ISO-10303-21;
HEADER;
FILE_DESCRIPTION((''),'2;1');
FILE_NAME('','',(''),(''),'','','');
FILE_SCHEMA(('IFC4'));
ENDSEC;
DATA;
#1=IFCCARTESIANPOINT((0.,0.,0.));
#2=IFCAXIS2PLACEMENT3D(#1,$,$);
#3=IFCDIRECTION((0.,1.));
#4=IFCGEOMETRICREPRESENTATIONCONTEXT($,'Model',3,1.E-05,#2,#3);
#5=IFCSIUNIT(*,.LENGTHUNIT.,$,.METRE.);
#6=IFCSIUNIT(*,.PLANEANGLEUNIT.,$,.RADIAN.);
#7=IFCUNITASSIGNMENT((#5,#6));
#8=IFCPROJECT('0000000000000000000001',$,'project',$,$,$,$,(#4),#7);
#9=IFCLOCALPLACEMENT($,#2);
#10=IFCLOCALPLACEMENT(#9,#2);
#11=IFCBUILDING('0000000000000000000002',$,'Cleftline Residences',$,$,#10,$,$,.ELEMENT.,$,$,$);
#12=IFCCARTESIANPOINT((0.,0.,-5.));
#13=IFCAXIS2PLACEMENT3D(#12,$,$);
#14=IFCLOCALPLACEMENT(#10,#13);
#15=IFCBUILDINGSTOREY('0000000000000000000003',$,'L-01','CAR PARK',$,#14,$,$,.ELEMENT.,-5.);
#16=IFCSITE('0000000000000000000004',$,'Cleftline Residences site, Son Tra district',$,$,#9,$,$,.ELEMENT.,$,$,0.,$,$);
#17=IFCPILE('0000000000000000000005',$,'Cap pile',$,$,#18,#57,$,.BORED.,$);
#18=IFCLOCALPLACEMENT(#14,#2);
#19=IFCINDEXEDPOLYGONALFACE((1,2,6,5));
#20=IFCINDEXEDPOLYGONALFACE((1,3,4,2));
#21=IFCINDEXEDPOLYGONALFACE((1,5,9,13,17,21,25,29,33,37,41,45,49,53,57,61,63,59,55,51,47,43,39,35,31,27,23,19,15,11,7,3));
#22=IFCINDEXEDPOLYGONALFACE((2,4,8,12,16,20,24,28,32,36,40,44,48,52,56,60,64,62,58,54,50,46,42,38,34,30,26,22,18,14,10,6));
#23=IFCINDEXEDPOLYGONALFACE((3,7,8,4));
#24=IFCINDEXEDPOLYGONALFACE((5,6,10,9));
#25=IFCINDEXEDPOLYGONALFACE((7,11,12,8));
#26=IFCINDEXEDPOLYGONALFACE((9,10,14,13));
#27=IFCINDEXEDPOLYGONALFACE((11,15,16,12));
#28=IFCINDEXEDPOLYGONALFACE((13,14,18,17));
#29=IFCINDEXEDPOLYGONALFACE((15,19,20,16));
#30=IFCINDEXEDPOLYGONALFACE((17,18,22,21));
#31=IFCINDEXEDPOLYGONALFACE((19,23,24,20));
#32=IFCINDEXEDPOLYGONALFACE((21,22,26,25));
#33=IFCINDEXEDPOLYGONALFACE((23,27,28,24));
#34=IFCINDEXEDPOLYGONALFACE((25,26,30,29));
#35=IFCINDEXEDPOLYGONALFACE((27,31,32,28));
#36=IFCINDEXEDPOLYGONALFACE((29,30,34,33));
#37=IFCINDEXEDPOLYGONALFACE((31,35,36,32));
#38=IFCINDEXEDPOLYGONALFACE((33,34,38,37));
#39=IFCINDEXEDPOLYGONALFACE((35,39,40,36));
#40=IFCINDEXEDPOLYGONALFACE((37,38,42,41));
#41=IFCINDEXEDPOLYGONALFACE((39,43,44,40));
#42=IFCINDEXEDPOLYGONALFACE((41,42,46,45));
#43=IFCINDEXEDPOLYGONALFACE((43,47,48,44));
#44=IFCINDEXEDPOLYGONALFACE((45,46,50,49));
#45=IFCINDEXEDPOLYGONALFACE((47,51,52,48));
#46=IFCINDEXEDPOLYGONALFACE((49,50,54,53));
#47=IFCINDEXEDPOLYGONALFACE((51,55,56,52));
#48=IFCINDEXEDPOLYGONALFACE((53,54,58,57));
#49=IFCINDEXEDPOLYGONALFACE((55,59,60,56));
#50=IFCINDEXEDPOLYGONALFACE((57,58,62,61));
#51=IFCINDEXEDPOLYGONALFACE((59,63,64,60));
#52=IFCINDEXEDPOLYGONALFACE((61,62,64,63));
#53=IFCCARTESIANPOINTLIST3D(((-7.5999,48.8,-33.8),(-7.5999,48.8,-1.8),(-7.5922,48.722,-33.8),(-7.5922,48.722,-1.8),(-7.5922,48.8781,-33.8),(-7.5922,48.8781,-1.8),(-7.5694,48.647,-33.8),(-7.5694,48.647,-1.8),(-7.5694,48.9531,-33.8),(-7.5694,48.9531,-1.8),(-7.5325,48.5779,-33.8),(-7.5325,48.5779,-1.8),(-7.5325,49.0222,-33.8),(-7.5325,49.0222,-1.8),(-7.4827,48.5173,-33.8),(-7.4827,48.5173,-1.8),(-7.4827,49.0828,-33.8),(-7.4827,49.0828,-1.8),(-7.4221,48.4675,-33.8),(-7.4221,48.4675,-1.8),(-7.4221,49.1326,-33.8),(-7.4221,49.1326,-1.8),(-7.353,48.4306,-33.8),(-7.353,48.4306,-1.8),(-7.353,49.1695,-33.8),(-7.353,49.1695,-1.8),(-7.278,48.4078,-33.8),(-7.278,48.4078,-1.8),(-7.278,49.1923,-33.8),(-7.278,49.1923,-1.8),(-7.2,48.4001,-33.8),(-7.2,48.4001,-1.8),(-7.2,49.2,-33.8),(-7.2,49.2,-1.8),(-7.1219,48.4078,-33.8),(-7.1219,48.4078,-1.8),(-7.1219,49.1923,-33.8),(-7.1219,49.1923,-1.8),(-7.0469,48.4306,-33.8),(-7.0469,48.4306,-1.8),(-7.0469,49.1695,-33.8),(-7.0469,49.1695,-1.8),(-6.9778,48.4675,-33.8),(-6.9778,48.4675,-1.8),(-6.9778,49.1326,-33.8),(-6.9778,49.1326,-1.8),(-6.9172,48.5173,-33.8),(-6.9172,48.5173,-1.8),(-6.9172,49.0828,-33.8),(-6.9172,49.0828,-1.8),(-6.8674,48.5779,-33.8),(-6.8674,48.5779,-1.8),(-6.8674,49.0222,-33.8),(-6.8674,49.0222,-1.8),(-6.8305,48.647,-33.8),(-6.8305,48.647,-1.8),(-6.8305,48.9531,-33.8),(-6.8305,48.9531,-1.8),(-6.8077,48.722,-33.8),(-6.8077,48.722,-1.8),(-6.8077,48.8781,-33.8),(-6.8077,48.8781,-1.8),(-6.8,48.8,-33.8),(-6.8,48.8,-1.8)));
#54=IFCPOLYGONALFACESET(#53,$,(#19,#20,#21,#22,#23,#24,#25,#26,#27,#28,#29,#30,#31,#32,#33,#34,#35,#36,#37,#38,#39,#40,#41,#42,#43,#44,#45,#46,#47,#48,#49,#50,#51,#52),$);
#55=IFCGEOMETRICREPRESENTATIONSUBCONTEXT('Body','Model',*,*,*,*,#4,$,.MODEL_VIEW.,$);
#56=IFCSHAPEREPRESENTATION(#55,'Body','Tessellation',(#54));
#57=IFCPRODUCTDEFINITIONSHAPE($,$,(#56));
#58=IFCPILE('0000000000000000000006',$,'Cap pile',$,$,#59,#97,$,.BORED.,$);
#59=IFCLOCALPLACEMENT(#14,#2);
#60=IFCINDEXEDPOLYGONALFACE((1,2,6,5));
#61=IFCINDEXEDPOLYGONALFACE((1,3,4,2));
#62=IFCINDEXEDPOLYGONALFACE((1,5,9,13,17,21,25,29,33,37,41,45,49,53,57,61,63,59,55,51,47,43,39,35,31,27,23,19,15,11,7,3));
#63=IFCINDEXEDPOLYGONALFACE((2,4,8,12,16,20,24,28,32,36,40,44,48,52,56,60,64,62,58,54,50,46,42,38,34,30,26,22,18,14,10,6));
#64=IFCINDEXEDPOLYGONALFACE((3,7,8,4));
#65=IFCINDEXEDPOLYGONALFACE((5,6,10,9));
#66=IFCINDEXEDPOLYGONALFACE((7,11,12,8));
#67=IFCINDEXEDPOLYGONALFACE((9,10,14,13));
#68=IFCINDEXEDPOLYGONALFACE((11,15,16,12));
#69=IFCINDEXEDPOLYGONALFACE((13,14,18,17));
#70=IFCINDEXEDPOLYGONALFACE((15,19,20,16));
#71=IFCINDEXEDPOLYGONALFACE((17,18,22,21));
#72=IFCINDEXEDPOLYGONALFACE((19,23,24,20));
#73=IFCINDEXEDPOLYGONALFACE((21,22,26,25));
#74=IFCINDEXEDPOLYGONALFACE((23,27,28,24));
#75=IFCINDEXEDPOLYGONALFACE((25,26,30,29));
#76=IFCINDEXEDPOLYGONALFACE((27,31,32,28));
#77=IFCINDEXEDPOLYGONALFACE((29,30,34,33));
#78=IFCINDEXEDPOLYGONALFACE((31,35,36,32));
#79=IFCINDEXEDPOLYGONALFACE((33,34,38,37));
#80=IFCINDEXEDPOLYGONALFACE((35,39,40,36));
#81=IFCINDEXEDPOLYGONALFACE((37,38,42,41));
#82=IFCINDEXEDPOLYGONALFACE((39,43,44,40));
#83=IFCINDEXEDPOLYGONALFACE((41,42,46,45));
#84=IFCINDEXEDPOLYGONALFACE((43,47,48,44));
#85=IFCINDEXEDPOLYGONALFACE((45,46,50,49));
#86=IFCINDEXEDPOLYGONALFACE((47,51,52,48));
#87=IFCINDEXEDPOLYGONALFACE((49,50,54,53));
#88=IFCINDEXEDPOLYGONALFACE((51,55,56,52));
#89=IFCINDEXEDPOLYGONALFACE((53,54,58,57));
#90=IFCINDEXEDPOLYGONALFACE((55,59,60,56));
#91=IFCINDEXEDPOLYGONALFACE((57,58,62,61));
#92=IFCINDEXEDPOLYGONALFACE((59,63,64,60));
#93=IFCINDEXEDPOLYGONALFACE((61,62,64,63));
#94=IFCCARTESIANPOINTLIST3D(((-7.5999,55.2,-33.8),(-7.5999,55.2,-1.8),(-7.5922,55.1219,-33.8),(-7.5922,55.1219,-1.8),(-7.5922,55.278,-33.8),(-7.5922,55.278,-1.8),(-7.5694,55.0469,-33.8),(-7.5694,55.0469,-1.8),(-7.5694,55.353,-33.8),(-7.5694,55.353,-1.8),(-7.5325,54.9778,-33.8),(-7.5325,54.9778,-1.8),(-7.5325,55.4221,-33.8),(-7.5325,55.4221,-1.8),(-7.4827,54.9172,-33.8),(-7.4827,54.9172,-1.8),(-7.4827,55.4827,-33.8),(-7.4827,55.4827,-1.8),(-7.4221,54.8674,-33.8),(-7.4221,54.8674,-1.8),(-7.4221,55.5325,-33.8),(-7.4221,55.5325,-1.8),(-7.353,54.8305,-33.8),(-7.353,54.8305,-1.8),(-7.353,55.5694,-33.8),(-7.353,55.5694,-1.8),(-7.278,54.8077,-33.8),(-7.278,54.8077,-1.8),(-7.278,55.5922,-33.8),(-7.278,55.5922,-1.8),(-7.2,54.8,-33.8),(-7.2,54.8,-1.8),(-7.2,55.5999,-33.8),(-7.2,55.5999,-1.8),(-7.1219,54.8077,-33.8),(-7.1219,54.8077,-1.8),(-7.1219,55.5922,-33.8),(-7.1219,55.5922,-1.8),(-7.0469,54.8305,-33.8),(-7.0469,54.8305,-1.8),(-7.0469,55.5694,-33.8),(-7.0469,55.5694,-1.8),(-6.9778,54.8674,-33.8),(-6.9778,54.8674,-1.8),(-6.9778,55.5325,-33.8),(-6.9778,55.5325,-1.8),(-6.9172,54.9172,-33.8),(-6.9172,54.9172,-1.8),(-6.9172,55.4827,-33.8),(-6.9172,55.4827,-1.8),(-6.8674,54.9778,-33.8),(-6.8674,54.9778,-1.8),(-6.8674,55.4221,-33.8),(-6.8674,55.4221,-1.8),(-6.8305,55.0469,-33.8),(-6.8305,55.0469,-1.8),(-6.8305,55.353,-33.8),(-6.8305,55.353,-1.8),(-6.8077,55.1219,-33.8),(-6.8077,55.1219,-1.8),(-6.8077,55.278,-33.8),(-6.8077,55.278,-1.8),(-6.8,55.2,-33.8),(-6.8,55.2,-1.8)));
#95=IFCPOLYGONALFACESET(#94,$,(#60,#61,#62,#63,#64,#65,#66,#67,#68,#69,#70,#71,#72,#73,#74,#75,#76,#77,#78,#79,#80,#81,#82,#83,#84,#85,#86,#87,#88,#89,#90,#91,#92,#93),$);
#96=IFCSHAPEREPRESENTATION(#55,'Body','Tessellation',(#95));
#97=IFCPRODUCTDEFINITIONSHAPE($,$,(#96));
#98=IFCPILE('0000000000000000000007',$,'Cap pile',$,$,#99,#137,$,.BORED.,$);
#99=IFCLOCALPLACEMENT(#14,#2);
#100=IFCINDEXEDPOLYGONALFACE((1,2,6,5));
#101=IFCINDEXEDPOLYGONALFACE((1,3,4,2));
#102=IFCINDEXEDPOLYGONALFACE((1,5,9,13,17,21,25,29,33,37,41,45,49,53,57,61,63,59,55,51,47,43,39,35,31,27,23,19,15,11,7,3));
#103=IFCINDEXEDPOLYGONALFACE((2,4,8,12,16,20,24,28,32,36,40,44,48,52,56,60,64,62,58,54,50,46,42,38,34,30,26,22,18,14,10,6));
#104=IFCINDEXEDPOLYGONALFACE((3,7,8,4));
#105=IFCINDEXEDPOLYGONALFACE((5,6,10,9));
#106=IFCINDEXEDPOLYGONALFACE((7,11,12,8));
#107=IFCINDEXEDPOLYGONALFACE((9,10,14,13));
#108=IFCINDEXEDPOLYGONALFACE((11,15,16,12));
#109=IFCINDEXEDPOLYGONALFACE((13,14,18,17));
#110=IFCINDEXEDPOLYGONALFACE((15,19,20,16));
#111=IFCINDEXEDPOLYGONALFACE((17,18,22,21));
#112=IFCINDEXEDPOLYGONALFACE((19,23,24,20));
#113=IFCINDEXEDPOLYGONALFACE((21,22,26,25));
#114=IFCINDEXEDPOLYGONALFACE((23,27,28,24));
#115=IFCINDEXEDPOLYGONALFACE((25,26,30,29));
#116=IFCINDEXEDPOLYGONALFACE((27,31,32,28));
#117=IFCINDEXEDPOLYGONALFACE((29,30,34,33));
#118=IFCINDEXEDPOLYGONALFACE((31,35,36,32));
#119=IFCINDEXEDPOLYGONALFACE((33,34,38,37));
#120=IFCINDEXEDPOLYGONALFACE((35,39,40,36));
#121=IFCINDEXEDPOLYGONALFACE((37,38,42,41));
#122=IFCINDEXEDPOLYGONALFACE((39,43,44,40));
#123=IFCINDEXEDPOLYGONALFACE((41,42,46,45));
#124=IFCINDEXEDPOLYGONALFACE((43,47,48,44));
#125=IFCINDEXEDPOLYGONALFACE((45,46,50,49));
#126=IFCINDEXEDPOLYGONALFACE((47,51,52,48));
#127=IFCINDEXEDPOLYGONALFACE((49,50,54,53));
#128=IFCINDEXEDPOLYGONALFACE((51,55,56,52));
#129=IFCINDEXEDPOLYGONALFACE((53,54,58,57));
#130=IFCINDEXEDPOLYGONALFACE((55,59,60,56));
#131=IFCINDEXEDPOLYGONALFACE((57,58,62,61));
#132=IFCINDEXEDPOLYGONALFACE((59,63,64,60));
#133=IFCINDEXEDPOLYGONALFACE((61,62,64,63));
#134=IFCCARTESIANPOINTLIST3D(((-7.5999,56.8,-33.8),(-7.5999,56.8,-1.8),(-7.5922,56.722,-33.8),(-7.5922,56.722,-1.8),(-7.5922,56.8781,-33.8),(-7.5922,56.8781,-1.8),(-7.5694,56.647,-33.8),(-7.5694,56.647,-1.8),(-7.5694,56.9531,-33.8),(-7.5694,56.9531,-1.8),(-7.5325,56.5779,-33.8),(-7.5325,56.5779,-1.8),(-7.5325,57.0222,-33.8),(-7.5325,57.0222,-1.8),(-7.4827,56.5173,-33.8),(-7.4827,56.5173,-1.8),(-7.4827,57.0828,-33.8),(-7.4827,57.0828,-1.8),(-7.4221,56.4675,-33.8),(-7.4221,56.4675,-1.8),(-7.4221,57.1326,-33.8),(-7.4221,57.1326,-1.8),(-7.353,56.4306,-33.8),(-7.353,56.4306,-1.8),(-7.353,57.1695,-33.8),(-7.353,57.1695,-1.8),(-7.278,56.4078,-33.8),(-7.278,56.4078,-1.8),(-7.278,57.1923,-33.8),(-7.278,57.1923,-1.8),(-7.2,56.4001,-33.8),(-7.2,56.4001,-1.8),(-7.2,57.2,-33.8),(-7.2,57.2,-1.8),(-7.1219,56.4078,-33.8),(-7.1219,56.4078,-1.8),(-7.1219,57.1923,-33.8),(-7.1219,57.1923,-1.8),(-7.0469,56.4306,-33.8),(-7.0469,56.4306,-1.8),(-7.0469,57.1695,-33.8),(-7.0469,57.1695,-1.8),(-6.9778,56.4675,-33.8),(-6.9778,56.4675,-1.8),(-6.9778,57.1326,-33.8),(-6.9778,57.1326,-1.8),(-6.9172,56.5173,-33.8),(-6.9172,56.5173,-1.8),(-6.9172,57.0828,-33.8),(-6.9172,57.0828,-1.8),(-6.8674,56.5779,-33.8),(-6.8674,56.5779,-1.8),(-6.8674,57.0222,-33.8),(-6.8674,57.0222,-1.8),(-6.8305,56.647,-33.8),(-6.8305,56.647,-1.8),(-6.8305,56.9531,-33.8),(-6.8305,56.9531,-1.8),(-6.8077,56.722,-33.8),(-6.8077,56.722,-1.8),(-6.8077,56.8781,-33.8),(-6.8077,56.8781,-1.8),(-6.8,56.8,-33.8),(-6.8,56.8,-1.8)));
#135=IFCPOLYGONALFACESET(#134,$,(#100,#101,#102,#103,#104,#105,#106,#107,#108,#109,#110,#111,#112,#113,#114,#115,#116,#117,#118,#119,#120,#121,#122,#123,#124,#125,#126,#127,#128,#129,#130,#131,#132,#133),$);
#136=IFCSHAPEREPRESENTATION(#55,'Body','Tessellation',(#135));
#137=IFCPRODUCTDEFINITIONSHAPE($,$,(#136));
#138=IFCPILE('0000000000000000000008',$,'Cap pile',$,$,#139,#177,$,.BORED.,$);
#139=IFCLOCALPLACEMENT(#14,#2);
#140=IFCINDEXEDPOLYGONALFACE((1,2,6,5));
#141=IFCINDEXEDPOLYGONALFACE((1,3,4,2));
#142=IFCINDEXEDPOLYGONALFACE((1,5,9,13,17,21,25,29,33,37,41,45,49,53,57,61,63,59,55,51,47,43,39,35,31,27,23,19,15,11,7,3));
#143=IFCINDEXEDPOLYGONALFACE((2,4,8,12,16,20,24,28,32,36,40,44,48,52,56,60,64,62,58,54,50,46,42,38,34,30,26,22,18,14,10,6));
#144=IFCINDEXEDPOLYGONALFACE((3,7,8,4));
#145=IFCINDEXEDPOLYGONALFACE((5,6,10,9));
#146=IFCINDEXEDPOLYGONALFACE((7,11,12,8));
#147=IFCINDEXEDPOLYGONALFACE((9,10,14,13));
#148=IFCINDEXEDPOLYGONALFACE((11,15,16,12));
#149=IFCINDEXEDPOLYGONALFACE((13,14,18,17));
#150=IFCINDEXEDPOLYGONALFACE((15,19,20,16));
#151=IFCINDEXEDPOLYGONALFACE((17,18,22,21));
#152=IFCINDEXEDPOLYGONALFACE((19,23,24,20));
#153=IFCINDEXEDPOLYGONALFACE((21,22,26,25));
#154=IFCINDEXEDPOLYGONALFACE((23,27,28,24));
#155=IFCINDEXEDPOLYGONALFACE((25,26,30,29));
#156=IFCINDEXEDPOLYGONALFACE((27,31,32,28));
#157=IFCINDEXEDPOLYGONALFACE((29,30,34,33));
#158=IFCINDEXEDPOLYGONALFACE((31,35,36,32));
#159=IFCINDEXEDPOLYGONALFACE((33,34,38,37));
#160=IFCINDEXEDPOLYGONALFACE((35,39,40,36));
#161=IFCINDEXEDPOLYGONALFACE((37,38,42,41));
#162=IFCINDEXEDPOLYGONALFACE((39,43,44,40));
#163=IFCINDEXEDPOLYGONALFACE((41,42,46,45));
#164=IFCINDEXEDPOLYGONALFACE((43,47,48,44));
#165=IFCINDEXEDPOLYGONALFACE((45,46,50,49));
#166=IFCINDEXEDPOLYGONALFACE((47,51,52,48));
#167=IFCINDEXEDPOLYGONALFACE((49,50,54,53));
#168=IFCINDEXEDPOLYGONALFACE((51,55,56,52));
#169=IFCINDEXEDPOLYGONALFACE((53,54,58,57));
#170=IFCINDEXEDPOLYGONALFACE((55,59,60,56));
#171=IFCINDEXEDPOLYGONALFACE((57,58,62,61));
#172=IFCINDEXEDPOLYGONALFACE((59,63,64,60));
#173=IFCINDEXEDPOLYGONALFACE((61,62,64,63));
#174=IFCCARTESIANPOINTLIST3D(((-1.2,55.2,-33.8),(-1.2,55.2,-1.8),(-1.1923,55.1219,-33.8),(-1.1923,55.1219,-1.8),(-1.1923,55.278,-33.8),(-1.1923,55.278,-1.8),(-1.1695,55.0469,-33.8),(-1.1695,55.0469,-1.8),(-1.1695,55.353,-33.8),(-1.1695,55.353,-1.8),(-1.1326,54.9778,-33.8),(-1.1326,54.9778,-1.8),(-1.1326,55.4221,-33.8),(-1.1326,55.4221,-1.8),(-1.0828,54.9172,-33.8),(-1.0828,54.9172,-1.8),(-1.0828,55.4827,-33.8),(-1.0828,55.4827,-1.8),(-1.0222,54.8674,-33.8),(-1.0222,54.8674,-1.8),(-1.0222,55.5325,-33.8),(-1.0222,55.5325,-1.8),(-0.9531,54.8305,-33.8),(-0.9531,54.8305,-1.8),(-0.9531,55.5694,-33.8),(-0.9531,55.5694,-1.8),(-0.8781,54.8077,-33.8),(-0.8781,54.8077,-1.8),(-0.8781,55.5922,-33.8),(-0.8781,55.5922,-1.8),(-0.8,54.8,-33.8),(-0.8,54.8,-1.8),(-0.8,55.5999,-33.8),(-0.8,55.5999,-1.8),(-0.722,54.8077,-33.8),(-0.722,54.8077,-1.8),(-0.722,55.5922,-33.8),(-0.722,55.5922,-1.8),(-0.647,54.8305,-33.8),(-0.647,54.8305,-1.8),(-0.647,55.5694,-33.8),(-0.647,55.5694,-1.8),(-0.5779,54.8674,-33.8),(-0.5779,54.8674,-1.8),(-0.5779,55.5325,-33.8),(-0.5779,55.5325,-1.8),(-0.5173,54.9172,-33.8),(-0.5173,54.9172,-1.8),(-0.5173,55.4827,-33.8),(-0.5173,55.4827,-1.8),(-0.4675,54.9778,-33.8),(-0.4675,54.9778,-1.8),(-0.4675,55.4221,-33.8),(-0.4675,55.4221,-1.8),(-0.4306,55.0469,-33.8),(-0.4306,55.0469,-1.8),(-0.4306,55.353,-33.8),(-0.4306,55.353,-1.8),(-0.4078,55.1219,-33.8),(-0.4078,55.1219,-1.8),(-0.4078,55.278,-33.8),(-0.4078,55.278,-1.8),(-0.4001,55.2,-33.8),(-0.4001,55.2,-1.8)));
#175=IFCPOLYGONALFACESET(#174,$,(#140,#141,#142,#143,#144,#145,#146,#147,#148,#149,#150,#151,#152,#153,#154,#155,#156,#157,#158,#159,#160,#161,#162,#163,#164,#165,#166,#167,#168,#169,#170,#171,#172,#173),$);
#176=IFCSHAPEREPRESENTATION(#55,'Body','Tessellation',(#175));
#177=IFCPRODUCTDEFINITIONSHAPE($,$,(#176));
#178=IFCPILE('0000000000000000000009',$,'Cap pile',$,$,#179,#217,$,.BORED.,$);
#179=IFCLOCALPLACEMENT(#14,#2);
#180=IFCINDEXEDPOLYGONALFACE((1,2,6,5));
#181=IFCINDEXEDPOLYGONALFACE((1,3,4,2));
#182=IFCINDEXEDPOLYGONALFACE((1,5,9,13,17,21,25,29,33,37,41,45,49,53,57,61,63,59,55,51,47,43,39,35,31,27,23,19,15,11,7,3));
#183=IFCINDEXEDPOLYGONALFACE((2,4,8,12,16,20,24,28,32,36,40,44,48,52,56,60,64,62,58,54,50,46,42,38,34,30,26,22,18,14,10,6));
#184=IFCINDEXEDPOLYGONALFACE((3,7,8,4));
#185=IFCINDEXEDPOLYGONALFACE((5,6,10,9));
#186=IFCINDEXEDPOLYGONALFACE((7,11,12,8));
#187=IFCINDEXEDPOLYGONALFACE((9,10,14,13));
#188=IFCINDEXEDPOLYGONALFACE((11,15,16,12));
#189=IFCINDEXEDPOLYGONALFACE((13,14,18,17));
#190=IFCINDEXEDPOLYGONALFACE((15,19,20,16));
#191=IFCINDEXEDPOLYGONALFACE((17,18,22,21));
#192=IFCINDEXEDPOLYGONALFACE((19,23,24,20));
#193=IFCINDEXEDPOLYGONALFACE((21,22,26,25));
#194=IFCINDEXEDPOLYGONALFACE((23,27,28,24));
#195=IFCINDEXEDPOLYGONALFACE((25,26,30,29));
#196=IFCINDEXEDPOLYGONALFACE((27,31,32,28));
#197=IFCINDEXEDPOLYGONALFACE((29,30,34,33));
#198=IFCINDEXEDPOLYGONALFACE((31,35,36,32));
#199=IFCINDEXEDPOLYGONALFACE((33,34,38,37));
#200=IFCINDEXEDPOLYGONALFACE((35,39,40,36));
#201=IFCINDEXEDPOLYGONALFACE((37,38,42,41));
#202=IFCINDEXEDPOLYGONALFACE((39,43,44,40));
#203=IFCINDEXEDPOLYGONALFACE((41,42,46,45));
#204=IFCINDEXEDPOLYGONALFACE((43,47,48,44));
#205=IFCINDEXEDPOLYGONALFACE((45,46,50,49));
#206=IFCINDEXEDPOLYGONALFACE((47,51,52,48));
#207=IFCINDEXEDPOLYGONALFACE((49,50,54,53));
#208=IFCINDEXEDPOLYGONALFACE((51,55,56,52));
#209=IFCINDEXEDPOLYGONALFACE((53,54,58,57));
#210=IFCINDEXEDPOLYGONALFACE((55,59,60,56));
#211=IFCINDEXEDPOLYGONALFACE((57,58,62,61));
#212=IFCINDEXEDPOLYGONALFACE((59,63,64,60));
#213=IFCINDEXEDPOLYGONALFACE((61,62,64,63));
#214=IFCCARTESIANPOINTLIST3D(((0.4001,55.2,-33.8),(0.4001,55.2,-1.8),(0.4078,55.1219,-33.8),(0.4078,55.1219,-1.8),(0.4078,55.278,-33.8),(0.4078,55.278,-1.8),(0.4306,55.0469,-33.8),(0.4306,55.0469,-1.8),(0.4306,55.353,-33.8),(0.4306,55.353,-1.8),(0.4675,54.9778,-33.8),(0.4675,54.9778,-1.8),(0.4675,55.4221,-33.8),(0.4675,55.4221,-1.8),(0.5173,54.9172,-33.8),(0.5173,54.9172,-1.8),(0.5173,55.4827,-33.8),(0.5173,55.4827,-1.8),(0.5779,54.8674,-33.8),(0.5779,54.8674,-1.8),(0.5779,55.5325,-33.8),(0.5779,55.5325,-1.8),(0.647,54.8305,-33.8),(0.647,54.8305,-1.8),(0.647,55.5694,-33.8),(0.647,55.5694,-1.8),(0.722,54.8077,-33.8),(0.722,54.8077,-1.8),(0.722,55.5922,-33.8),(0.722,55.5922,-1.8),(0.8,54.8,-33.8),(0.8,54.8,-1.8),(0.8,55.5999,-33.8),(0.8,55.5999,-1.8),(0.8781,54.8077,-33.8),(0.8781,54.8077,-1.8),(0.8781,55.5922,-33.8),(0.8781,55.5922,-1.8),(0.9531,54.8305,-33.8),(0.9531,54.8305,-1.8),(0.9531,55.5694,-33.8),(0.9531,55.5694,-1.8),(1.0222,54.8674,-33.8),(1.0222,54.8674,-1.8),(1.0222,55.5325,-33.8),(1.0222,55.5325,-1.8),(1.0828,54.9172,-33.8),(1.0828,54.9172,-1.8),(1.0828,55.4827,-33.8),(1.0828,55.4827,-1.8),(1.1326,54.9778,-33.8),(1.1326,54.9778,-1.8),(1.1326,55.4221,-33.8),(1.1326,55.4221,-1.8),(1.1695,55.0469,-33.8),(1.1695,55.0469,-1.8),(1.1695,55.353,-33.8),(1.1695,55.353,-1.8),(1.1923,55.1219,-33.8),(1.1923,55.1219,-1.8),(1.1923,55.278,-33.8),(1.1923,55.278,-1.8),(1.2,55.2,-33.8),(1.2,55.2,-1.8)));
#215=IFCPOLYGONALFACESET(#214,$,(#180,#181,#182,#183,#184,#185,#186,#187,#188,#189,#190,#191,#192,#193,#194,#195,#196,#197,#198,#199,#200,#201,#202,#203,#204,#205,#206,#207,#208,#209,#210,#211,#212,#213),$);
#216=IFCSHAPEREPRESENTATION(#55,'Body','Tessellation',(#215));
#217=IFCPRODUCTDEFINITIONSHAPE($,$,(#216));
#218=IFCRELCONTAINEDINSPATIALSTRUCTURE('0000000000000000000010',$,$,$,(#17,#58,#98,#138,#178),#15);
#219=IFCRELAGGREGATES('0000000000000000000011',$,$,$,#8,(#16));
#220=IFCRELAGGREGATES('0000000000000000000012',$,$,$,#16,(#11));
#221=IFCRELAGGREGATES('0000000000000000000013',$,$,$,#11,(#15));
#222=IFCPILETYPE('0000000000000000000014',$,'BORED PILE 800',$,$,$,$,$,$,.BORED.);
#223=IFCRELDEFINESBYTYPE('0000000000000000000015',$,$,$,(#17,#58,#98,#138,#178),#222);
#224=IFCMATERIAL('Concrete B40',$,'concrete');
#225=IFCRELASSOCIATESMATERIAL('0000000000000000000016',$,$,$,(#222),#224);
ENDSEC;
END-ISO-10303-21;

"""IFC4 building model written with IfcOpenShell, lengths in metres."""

from ifc_helpers import new_model, si_unit, direction, frame, origin, origin_2d, place, context, subcontext, project, spatial, circle, extrude, material, material_profile, profile_set, type_object, element, save


model = new_model("IFC4")

# Units and contexts
model_context = context("Model", 3, precision=1e-05, world=origin(), true_north=direction((0.0, 1.0)))
body_context = subcontext(model_context, "Body", "Model", "MODEL_VIEW")
ifc_project = project(units=[si_unit("LENGTHUNIT", "METRE"), si_unit("PLANEANGLEUNIT", "RADIAN")], contexts=[model_context])

# Site, building, storey
site_placement = place(None, origin())
site = spatial("IfcSite", under=ifc_project, at=site_placement, Name="Cleftline Residences site, Son Tra district", CompositionType="ELEMENT", RefElevation=0.0)
building_placement = place(site_placement, origin())
building = spatial("IfcBuilding", under=site, at=building_placement, Name="Cleftline Residences", CompositionType="ELEMENT")
storey_placement = place(building_placement, frame((0.0, 0.0, -5.0)))
storey = spatial("IfcBuildingStorey", under=building, at=storey_placement, Name="L-01", Description="CAR PARK", CompositionType="ELEMENT", Elevation=-5.0)

# Piles
ifc_material_1 = material(Name="Concrete B40", Category="concrete")
ifc_material_profile_1 = material_profile(ifc_material_1, circle(Radius=0.3999, at=origin_2d()))
ifc_profile_set_1 = profile_set([ifc_material_profile_1], Name="Concrete B40")
pile_type_1 = type_object("IfcPileType", Name="BORED PILE 800", PredefinedType="BORED", material=ifc_profile_set_1)
for number, where, z_axis, x_axis, name in (
    (1, (-7.2, 48.8, -1.8), (0.0, 0.0, -1.0), (1.0, 0.0, 0.0), "Cap pile"),
    (2, (-7.2, 55.2, -1.8), (0.0, 0.0, -1.0), (1.0, 0.0, 0.0), "Cap pile"),
    (3, (-7.2, 56.8, -1.8), (0.0, 0.0, -1.0), (1.0, 0.0, 0.0), "Cap pile"),
    (4, (-0.8, 55.2, -1.8), (0.0, 0.0, -1.0), (1.0, 0.0, 0.0), "Cap pile"),
    (5, (0.8, 55.2, -1.8), (0.0, 0.0, -1.0), (1.0, 0.0, 0.0), "Cap pile"),
):
    element("IfcPile", number, at=place(storey_placement, frame(where, z_axis=z_axis, x_axis=x_axis)), inside=storey, type_object=pile_type_1, Name=name, PredefinedType="BORED", context=body_context, shape_type="SweptSolid", body=[
        extrude(circle(Radius=0.3999, at=origin_2d()), origin(), (0.0, 0.0, 1.0), 32.0),
    ])

save(model, "model.ifc")
